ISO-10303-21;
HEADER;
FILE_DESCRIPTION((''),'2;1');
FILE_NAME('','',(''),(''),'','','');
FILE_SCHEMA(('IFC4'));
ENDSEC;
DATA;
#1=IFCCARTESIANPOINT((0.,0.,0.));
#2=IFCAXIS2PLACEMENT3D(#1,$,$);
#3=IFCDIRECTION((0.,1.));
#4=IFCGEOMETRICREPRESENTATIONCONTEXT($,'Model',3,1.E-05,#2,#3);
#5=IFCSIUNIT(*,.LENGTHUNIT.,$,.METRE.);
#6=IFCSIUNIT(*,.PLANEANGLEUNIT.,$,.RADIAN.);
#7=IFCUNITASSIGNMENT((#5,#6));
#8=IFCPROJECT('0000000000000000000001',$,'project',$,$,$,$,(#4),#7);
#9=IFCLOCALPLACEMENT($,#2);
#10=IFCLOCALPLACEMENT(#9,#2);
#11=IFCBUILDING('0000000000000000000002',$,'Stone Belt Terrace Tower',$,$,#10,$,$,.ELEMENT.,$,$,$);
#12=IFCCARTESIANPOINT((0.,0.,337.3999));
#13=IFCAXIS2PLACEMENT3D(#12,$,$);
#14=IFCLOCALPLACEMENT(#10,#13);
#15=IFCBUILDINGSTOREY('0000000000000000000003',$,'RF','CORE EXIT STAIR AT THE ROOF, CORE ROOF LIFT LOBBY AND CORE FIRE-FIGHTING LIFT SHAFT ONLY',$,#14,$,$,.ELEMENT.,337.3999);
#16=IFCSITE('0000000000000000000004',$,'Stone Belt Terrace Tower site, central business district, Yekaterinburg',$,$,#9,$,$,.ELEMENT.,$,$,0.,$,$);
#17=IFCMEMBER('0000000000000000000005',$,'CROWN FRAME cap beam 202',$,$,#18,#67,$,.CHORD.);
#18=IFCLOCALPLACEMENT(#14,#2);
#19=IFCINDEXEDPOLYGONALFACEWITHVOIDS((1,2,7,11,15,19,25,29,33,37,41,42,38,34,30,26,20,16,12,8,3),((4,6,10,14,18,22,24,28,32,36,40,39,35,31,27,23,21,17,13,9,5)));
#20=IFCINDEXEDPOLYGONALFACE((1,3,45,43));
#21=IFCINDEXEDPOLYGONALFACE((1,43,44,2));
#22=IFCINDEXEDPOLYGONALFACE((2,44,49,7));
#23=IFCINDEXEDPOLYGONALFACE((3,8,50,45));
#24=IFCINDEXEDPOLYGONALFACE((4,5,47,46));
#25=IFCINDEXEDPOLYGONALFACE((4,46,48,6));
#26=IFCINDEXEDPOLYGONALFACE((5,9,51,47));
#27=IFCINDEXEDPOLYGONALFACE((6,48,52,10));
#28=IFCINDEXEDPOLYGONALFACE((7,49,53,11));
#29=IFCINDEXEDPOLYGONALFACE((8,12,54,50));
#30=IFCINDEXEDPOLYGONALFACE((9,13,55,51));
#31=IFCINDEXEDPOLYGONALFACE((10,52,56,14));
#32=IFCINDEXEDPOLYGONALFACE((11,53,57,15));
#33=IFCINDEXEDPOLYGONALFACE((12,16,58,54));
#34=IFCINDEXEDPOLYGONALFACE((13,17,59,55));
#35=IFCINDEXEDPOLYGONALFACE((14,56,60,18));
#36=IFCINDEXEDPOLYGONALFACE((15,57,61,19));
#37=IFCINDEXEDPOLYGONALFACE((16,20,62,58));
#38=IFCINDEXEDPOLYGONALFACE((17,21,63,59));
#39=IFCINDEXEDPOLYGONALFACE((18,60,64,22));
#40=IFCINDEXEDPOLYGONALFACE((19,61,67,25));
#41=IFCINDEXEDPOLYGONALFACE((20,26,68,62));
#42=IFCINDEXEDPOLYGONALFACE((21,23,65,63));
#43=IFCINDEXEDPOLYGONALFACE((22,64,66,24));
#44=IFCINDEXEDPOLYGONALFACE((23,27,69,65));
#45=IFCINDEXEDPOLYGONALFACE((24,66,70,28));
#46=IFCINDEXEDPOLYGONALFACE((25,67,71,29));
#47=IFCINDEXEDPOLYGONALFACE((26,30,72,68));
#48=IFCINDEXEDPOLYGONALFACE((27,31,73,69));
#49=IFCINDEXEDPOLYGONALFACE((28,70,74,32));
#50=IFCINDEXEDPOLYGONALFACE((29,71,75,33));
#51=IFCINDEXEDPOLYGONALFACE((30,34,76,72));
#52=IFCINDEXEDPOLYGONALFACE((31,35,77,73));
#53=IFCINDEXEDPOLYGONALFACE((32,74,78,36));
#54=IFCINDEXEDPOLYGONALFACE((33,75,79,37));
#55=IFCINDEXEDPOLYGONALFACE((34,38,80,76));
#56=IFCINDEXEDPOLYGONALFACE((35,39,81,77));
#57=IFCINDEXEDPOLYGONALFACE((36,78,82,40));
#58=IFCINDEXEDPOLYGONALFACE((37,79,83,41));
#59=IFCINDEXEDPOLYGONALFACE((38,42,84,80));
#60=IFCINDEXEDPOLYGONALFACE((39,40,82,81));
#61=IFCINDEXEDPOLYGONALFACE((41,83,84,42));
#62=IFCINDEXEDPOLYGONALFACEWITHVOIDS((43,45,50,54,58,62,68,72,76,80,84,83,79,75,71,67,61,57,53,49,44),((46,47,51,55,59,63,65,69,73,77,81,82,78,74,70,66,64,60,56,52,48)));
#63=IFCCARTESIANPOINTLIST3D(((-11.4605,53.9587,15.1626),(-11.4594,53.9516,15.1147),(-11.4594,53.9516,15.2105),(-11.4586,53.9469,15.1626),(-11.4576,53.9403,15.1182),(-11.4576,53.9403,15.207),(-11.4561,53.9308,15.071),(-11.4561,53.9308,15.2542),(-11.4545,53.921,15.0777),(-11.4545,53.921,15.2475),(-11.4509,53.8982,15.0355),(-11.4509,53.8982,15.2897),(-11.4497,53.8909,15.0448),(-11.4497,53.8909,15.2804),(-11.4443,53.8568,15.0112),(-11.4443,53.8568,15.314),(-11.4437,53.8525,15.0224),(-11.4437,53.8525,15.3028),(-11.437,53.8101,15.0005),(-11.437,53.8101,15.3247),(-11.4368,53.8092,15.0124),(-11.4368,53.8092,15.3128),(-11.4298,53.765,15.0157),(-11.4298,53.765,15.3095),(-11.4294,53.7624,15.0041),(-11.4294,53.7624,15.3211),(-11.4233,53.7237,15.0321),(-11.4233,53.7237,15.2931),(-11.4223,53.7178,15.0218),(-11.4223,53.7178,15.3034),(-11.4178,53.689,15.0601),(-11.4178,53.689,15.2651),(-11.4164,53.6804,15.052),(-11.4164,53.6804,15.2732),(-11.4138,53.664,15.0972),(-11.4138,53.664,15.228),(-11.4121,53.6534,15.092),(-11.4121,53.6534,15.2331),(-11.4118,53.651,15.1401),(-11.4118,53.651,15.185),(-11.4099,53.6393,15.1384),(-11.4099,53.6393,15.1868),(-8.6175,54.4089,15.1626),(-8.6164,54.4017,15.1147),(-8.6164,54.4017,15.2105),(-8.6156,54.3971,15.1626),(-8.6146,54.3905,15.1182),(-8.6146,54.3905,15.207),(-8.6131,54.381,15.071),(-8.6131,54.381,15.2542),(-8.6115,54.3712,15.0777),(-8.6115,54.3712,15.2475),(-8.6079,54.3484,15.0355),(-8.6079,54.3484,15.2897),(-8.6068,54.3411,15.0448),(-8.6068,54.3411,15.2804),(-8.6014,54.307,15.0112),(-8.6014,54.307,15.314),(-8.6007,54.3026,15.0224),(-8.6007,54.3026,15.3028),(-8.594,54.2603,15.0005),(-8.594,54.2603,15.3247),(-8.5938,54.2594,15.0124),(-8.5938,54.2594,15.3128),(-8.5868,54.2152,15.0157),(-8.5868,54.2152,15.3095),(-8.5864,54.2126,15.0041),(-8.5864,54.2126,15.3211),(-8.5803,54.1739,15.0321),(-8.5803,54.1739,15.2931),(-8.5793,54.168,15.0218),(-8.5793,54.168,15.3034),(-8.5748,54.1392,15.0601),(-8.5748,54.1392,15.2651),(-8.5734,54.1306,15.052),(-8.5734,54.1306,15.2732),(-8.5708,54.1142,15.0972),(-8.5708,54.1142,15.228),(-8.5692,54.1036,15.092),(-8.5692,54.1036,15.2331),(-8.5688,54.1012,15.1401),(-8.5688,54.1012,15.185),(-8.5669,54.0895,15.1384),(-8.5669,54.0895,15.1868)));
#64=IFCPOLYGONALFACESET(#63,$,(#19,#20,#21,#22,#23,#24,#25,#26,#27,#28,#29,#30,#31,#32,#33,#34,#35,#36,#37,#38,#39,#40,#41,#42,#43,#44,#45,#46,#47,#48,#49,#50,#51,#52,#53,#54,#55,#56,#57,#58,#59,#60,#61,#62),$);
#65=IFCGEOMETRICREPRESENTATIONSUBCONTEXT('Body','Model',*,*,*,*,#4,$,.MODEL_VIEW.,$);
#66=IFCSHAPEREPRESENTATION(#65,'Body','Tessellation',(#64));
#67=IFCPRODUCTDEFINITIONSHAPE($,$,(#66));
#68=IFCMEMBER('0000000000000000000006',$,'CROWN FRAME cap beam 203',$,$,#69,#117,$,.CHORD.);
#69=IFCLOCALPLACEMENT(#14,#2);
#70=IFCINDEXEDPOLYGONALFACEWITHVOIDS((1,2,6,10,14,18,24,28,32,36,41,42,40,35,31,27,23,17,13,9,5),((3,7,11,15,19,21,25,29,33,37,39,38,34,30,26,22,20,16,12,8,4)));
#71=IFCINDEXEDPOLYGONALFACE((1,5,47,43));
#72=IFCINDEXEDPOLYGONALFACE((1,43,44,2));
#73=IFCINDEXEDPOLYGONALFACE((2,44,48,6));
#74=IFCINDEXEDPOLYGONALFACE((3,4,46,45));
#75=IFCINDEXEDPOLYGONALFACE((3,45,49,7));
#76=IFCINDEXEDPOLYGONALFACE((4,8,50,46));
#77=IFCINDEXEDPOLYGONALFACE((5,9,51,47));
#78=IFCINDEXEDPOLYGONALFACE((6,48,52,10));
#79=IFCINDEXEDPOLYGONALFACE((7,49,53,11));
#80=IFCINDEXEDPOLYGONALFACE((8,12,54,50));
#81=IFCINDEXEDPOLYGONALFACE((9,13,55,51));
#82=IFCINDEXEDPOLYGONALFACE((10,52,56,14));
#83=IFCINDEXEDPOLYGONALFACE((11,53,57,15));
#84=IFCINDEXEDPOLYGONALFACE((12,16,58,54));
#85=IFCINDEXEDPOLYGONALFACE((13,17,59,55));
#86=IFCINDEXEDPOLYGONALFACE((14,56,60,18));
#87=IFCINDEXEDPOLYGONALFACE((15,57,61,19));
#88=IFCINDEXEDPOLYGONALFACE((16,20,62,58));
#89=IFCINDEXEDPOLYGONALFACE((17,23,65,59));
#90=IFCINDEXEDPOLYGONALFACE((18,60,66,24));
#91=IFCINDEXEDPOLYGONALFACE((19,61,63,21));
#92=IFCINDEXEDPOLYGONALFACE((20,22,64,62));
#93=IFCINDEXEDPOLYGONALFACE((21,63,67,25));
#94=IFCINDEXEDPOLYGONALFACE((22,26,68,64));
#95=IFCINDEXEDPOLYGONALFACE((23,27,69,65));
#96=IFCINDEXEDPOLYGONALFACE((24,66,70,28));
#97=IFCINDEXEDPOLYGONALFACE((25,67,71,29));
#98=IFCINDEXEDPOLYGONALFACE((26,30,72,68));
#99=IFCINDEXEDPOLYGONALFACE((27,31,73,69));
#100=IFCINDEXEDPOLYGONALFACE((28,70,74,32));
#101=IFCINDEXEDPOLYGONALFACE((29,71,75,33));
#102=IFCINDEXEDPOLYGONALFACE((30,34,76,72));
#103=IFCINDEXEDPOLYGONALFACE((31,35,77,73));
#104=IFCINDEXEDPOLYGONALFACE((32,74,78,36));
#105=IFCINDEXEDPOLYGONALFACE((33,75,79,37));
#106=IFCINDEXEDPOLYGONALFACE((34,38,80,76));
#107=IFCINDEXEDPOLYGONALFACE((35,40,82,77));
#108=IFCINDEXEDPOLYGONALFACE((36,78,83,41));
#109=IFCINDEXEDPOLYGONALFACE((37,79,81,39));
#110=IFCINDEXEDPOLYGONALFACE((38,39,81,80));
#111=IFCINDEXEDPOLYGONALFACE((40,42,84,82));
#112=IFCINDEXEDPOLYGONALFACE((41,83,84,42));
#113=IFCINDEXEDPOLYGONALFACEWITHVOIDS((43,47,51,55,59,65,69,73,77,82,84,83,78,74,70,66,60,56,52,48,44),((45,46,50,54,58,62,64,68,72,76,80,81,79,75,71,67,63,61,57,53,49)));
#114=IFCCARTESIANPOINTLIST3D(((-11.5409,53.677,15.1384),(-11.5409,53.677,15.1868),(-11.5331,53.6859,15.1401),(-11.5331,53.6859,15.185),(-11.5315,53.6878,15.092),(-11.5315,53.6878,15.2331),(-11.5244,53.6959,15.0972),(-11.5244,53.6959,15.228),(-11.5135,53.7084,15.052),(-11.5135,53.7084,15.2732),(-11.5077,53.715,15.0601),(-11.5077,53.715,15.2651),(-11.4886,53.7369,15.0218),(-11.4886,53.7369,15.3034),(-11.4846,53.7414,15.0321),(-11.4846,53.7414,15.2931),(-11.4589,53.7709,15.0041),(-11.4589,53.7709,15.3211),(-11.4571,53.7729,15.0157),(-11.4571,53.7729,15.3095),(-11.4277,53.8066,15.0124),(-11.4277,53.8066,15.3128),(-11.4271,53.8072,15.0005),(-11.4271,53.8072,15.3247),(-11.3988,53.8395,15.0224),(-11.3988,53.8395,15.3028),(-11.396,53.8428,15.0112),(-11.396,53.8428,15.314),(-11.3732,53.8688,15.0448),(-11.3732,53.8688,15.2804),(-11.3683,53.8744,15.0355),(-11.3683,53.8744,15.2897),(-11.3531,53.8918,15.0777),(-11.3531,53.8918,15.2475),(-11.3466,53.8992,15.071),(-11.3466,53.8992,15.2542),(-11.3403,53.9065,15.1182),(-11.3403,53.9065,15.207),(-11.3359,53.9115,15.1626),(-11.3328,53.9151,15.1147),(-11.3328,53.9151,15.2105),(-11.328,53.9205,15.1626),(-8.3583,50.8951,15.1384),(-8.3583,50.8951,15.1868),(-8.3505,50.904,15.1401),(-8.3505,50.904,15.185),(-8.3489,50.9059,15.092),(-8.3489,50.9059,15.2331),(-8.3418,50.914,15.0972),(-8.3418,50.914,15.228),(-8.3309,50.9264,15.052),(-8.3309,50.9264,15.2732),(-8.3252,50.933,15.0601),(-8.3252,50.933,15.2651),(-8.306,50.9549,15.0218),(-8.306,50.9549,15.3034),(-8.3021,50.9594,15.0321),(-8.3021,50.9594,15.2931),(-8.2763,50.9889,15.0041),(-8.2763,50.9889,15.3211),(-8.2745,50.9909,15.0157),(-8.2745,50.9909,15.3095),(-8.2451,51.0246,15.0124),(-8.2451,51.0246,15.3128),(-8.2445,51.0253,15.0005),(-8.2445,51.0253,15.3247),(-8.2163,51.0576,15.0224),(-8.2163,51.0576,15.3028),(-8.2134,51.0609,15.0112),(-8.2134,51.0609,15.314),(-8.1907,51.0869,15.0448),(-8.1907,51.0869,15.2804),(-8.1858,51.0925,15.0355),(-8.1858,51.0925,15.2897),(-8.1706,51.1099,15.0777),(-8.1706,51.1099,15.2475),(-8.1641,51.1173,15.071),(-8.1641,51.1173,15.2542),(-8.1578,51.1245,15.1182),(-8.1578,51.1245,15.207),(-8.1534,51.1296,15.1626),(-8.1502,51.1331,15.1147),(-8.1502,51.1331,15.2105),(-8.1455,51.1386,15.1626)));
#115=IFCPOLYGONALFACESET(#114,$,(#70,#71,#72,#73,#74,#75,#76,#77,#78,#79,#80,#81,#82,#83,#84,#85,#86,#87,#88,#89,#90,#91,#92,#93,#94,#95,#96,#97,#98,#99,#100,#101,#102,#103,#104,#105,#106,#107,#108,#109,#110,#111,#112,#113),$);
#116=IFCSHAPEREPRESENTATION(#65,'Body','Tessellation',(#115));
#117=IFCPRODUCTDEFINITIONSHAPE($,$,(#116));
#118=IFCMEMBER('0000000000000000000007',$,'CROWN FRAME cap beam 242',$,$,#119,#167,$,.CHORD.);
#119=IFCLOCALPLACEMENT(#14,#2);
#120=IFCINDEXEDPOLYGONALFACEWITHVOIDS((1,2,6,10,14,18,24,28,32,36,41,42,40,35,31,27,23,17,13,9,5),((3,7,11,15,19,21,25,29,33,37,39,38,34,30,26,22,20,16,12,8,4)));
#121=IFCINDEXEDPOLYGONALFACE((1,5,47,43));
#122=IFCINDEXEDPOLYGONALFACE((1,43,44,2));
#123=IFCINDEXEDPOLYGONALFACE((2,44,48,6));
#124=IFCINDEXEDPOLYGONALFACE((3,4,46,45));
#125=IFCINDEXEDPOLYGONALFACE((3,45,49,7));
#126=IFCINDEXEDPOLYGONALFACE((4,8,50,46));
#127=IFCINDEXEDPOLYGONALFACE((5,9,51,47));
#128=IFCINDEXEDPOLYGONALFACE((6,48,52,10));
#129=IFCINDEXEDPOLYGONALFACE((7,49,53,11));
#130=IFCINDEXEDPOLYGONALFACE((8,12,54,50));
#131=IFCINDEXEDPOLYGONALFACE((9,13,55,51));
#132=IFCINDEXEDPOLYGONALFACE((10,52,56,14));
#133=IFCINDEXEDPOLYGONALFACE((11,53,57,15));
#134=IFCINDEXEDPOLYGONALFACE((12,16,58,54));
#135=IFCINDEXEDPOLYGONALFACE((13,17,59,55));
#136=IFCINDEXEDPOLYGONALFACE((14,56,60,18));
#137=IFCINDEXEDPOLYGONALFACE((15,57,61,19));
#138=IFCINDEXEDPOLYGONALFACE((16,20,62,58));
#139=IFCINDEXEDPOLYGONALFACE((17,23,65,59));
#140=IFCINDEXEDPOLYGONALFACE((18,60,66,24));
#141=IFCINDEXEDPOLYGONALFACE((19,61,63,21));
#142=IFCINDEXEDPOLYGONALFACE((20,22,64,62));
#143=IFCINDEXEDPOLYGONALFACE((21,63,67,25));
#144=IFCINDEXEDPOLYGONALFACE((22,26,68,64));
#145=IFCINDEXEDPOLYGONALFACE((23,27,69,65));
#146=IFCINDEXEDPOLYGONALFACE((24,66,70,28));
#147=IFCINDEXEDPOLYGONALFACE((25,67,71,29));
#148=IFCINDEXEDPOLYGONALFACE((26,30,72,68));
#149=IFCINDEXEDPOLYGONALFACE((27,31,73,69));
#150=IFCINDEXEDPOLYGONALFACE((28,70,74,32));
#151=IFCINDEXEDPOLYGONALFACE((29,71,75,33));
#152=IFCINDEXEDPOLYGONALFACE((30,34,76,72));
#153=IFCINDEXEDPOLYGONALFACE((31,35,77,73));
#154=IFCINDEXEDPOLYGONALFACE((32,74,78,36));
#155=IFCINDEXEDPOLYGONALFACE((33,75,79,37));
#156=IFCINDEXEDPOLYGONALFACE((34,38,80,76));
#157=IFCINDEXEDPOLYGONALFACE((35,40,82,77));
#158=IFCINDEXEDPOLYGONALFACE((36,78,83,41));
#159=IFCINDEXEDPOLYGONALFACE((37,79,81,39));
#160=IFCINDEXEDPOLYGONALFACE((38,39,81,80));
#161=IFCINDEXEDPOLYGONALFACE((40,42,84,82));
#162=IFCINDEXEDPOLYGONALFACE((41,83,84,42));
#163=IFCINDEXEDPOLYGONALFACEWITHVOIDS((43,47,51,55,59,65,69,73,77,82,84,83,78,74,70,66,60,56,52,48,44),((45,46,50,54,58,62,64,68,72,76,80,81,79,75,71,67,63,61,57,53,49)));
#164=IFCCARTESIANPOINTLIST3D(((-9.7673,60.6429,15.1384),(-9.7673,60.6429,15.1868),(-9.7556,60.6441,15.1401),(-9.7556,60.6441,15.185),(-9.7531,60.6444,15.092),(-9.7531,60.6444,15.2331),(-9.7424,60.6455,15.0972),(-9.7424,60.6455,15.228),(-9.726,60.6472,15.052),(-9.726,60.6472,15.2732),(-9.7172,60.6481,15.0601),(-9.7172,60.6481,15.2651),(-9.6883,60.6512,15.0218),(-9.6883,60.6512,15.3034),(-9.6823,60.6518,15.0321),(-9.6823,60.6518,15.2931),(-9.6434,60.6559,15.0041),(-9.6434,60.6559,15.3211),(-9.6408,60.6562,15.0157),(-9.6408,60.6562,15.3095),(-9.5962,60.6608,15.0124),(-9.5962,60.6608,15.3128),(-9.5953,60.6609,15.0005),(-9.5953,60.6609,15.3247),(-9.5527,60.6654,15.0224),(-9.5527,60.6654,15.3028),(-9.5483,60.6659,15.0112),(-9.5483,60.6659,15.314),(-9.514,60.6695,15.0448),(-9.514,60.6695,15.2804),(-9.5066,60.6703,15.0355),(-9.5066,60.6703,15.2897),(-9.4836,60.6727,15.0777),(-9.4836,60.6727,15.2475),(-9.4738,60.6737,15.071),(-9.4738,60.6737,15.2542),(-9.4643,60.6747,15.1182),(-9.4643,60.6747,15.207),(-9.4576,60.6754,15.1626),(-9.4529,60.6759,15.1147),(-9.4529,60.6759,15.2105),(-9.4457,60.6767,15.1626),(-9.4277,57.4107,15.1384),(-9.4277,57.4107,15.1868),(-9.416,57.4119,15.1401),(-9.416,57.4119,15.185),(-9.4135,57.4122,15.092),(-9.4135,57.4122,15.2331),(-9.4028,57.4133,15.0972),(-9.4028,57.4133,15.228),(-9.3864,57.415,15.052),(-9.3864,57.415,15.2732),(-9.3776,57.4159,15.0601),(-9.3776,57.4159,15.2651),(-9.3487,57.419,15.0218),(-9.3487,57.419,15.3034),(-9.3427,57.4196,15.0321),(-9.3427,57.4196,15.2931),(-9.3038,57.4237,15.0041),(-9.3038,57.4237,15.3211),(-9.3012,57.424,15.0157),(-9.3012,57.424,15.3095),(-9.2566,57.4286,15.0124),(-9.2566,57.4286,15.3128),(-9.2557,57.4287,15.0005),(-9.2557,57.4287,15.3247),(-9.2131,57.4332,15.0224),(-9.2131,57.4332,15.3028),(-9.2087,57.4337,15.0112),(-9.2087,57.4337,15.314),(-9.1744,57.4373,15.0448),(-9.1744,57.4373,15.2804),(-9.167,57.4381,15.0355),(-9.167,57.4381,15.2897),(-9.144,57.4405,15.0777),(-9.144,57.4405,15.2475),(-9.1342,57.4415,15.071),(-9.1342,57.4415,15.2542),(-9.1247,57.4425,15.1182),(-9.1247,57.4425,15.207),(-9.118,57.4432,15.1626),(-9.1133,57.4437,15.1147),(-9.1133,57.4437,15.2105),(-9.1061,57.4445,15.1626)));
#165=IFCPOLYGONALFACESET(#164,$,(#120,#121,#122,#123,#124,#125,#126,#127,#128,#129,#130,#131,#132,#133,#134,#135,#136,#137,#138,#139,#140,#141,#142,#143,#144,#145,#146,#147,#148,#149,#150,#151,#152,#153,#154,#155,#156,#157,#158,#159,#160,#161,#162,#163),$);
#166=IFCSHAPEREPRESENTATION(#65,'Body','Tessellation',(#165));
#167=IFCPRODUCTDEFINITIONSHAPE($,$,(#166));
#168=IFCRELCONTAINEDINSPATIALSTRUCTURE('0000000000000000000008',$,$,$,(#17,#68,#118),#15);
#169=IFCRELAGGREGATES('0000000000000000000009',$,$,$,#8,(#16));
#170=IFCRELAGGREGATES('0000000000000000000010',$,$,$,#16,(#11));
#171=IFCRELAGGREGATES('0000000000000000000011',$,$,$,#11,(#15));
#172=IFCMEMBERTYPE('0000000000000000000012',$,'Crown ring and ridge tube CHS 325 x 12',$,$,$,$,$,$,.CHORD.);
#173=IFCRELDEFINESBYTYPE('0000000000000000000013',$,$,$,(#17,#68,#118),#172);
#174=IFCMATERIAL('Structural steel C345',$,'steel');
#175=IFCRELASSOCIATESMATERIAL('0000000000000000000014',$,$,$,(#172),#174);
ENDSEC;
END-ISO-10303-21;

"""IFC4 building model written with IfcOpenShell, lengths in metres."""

from ifc_helpers import new_model, si_unit, direction, frame, origin, origin_2d, place, context, subcontext, project, spatial, hollow_circle, extrude, material, material_profile, profile_set, type_object, element, save


model = new_model("IFC4")

# Units and contexts
model_context = context("Model", 3, precision=1e-05, world=origin(), true_north=direction((0.0, 1.0)))
body_context = subcontext(model_context, "Body", "Model", "MODEL_VIEW")
ifc_project = project(units=[si_unit("LENGTHUNIT", "METRE"), si_unit("PLANEANGLEUNIT", "RADIAN")], contexts=[model_context])

# Site, building, storey
site_placement = place(None, origin())
site = spatial("IfcSite", under=ifc_project, at=site_placement, Name="Stone Belt Terrace Tower site, central business district, Yekaterinburg", CompositionType="ELEMENT", RefElevation=0.0)
building_placement = place(site_placement, origin())
building = spatial("IfcBuilding", under=site, at=building_placement, Name="Stone Belt Terrace Tower", CompositionType="ELEMENT")
storey_placement = place(building_placement, frame((0.0, 0.0, 337.3999)))
storey = spatial("IfcBuildingStorey", under=building, at=storey_placement, Name="RF", Description="CORE EXIT STAIR AT THE ROOF, CORE ROOF LIFT LOBBY AND CORE FIRE-FIGHTING LIFT SHAFT ONLY", CompositionType="ELEMENT", Elevation=337.3999)

# Members
ifc_material_1 = material(Name="Structural steel C345", Category="steel")
ifc_material_profile = material_profile(ifc_material_1, hollow_circle(Radius=0.1626, WallThickness=0.012, at=origin_2d()), Name="Structural steel C345 CHS 325x12")
ifc_profile_set = profile_set([ifc_material_profile], Name="Structural steel C345")
member_type = type_object("IfcMemberType", Name="Crown ring and ridge tube CHS 325 x 12", PredefinedType="CHORD", material=ifc_profile_set)
member_1_placement = place(storey_placement, frame((-11.4351, 53.7981, 15.1626), z_axis=(0.987693, 0.156402, 0.0), x_axis=(-0.156402, 0.987693, 0.0)))
element("IfcMember", 1, at=member_1_placement, inside=storey, type_object=member_type, Name="CROWN FRAME cap beam 202", PredefinedType="CHORD", context=body_context, shape_type="SweptSolid", body=[
    extrude(hollow_circle(Radius=0.1626, WallThickness=0.012, at=origin_2d()), origin(), (0.0, 0.0, 1.0), 2.8784),
])
member_2_placement = place(storey_placement, frame((-11.4351, 53.7981, 15.1626), z_axis=(0.752906, -0.658128, 0.0), x_axis=(0.658128, 0.752906, 0.0)))
element("IfcMember", 2, at=member_2_placement, inside=storey, type_object=member_type, Name="CROWN FRAME cap beam 203", PredefinedType="CHORD", context=body_context, shape_type="SweptSolid", body=[
    extrude(hollow_circle(Radius=0.1626, WallThickness=0.012, at=origin_2d()), origin(), (0.0, 0.0, 1.0), 4.2271),
])
member_3_placement = place(storey_placement, frame((-9.6074, 60.6597, 15.1626), z_axis=(0.104493, -0.994526, 0.0), x_axis=(0.994526, 0.104493, 0.0)))
element("IfcMember", 3, at=member_3_placement, inside=storey, type_object=member_type, Name="CROWN FRAME cap beam 242", PredefinedType="CHORD", context=body_context, shape_type="SweptSolid", body=[
    extrude(hollow_circle(Radius=0.1626, WallThickness=0.012, at=origin_2d()), origin(), (0.0, 0.0, 1.0), 3.25),
])

save(model, "model.ifc")
